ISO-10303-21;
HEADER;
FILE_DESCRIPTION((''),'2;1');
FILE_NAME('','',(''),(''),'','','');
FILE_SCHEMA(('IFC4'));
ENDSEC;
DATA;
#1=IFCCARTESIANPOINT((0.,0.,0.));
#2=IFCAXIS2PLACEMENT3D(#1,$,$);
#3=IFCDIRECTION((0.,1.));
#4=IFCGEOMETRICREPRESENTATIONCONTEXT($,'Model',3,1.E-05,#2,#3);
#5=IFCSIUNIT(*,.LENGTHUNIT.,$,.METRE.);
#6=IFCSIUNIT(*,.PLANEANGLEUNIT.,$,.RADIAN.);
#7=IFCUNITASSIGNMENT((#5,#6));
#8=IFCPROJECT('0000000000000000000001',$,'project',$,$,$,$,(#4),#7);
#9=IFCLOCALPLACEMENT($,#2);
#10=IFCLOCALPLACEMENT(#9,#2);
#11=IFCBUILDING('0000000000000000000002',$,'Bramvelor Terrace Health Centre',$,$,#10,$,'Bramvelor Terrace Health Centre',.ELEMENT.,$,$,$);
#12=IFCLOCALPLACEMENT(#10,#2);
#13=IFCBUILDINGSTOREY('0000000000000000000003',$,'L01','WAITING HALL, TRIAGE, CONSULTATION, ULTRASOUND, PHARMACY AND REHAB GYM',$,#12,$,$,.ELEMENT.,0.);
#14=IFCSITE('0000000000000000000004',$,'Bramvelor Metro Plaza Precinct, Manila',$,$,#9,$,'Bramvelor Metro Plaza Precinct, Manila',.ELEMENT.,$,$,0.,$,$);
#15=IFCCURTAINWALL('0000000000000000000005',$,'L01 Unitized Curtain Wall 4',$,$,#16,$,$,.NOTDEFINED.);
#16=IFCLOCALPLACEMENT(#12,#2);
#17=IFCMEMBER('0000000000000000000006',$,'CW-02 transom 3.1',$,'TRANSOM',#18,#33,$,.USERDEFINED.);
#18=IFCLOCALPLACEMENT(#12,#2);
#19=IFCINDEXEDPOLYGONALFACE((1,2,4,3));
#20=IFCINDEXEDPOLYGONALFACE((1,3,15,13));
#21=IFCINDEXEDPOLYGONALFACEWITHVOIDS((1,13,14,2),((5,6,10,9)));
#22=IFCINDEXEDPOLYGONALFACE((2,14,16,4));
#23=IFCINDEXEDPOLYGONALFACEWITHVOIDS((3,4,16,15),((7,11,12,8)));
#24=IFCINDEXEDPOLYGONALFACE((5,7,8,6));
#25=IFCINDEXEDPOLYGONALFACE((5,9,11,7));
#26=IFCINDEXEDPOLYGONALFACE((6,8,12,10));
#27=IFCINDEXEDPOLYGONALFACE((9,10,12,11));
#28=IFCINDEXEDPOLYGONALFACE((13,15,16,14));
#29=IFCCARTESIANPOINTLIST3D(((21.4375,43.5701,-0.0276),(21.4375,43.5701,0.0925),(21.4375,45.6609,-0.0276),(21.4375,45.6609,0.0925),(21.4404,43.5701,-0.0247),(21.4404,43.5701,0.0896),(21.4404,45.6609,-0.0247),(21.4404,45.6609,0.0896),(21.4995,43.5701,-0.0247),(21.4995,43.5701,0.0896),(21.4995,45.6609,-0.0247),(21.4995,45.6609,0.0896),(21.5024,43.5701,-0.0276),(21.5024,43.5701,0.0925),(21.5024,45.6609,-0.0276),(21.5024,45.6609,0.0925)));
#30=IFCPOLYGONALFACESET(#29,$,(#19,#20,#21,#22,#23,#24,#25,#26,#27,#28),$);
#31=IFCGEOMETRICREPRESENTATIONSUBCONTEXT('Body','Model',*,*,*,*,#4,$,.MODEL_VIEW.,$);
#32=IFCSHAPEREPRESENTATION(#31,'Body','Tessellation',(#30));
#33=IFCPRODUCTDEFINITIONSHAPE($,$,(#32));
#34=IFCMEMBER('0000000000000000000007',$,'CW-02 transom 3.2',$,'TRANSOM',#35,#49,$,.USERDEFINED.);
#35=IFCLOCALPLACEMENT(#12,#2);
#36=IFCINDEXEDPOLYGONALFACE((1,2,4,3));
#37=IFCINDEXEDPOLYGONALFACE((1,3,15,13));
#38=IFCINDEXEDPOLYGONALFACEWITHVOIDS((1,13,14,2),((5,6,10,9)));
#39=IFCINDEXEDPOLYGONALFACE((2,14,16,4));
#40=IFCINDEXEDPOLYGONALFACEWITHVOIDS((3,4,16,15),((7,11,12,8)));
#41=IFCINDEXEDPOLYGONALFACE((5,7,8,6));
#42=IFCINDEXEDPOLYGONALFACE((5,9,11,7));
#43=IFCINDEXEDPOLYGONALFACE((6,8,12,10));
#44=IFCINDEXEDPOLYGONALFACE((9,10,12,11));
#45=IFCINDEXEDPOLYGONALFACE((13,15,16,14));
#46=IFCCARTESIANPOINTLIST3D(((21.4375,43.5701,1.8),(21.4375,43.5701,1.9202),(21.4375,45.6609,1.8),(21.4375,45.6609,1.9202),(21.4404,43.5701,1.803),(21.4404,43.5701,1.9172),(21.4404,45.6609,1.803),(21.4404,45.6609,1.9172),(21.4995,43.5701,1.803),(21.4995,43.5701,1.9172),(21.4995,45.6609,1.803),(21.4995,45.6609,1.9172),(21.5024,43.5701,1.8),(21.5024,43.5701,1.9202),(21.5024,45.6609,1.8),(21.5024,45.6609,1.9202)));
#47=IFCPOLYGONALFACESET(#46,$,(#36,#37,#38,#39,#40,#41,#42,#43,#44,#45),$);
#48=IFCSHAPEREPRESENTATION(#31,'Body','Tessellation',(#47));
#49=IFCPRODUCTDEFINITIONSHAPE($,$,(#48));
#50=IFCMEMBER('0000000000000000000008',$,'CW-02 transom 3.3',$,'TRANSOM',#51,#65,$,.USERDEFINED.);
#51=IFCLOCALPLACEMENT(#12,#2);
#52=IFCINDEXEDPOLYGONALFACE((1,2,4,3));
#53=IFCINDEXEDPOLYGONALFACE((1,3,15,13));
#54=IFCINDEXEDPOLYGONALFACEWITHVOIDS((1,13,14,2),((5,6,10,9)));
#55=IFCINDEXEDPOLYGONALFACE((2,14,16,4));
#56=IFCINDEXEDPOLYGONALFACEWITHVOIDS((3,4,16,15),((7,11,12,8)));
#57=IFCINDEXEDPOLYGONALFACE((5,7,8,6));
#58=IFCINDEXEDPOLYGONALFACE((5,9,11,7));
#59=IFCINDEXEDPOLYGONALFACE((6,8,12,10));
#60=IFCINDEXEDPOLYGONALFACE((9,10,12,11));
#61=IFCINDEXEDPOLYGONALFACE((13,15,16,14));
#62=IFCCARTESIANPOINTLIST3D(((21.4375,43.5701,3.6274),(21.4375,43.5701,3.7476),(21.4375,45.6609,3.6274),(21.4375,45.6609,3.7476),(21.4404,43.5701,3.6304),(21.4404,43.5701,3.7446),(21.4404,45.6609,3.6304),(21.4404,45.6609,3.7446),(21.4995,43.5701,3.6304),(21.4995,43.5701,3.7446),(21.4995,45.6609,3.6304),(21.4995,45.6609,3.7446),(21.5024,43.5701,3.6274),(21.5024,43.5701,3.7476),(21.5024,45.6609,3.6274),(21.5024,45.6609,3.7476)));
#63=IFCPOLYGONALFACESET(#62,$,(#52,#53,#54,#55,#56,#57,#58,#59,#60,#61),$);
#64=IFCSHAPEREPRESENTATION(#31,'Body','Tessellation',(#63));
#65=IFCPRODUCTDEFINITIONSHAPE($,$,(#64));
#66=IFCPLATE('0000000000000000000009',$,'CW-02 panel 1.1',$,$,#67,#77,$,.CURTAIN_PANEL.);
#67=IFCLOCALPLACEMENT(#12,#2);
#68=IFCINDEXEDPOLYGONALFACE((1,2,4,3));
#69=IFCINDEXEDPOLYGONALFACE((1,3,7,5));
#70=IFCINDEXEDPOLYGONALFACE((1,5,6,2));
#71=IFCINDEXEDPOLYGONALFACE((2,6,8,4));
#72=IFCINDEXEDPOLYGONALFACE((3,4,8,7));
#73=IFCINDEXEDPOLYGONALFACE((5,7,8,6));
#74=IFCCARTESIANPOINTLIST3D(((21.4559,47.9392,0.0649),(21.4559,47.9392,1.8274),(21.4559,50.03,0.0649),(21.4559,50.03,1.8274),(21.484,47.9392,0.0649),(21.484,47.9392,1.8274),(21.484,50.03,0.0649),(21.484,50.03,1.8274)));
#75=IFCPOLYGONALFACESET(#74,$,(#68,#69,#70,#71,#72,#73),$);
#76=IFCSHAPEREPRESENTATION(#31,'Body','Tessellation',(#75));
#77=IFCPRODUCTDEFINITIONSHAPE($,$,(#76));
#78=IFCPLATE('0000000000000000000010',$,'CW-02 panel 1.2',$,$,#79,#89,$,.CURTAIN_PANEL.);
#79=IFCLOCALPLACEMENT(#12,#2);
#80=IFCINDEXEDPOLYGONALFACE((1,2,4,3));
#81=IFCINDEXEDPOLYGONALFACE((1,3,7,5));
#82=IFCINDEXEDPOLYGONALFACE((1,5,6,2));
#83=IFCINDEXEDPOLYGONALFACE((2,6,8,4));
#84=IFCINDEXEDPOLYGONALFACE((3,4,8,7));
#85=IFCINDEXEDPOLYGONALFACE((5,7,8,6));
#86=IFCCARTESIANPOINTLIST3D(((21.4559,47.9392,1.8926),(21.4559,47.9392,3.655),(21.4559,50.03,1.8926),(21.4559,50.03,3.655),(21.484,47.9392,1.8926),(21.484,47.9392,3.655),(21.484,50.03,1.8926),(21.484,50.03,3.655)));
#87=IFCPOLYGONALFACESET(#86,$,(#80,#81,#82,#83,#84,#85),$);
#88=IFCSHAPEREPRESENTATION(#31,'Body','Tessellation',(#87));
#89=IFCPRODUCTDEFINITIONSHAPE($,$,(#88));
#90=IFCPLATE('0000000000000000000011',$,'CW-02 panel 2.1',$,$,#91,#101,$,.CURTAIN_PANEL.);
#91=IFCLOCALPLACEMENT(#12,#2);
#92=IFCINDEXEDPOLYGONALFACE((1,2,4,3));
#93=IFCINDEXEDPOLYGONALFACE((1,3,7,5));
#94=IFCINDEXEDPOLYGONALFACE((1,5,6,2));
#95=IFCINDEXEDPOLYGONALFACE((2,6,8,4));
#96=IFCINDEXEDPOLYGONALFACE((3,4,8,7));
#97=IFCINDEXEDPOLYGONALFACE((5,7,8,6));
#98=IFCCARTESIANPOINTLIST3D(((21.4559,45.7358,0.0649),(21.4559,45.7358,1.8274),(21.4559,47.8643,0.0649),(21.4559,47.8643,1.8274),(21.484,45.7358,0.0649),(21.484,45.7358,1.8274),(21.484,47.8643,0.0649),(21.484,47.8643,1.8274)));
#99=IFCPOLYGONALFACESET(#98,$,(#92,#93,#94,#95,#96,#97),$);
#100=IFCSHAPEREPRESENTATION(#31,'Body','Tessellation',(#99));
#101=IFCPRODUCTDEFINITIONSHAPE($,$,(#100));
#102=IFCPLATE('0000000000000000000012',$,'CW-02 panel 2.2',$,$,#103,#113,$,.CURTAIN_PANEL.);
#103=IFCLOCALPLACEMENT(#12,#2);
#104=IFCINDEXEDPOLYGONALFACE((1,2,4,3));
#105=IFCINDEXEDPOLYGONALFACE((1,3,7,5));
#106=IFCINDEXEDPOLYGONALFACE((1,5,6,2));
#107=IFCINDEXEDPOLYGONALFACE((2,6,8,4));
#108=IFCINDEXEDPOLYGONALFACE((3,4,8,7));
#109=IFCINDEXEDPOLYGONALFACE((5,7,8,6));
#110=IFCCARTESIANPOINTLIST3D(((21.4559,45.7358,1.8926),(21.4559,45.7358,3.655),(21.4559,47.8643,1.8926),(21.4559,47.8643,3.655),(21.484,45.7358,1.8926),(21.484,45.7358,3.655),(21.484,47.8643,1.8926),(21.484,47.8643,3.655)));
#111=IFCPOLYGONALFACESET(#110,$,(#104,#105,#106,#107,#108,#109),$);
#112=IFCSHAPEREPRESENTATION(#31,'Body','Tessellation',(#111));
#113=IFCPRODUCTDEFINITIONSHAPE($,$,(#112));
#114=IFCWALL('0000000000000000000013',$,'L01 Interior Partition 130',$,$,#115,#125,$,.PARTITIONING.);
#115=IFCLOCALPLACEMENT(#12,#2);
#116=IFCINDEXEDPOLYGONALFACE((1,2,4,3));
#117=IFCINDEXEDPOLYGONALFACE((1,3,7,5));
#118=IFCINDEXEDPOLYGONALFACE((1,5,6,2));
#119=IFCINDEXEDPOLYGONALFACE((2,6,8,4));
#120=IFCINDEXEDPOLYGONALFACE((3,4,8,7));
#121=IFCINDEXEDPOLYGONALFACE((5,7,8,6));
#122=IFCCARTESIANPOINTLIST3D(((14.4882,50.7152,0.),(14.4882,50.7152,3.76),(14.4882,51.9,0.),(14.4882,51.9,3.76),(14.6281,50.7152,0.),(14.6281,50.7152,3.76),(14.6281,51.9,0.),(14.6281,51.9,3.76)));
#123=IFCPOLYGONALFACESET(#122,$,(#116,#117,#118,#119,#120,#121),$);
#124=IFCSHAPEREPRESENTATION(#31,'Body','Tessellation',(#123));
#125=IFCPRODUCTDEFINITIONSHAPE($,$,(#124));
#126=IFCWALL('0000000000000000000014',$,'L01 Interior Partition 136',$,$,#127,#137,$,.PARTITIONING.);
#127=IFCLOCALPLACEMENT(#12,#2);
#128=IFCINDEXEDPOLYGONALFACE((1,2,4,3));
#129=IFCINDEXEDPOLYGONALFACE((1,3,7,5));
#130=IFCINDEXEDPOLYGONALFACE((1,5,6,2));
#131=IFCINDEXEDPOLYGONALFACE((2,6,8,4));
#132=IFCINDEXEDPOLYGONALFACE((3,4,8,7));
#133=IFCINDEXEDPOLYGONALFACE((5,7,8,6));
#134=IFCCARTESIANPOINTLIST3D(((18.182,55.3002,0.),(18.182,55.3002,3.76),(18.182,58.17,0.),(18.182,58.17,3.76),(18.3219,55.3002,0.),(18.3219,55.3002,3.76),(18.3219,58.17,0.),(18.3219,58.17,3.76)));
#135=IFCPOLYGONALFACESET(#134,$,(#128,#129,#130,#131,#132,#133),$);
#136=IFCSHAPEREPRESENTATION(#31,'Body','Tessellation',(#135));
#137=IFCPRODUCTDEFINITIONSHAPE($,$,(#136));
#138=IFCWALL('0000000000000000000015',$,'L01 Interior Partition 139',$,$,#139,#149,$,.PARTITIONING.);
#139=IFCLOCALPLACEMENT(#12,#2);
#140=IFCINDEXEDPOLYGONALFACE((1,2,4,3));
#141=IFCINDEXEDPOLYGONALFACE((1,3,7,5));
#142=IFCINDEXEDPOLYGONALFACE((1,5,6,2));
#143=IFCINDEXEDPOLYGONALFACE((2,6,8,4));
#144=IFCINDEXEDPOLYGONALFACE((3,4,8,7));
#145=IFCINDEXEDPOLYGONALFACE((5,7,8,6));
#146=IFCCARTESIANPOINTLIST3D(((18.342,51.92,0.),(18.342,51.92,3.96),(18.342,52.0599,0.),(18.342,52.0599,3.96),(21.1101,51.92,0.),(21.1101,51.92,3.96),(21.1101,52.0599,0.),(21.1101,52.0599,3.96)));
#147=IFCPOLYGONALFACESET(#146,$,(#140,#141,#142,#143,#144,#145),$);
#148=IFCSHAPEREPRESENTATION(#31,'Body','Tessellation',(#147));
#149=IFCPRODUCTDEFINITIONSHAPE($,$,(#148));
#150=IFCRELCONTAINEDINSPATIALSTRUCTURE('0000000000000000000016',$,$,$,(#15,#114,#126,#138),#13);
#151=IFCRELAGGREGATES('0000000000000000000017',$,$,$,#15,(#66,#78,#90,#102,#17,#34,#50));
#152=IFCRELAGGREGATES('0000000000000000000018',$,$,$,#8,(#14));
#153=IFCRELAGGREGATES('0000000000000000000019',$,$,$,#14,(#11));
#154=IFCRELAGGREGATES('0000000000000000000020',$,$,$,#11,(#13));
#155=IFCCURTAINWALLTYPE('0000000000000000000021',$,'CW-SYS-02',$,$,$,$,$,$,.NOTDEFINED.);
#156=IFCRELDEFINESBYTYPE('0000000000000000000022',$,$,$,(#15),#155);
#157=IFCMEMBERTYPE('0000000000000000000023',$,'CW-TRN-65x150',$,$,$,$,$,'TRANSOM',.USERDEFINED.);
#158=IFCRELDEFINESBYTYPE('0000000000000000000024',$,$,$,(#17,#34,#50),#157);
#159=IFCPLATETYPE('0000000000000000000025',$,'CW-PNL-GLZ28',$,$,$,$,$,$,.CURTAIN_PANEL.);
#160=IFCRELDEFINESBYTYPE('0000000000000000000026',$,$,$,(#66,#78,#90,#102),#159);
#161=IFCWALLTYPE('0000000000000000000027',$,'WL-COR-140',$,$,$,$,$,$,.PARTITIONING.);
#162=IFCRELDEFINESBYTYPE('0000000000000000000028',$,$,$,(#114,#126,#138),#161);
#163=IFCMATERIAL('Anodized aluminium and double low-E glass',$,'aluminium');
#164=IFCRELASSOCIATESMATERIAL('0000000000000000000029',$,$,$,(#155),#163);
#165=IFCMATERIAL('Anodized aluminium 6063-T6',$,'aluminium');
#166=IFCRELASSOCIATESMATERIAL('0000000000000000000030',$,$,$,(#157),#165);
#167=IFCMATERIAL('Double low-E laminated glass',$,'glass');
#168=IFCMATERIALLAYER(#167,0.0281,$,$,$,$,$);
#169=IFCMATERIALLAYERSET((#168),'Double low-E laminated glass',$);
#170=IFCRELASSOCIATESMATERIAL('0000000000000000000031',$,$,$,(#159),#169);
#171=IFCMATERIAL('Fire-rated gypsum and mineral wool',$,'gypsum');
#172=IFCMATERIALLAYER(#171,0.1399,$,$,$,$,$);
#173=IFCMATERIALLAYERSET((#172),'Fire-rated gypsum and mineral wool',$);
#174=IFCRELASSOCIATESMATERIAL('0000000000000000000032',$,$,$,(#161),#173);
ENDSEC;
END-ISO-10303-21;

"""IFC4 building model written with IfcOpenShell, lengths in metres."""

from ifc_helpers import new_model, si_unit, direction, frame, frame_2d, origin, origin_2d, place, context, subcontext, project, spatial, rectangle, hollow_rectangle, extrude, material, layer, layer_set, material_profile, profile_set, type_object, element, aggregate, save


model = new_model("IFC4")

# Units and contexts
model_context = context("Model", 3, precision=1e-05, world=origin(), true_north=direction((0.0, 1.0)))
body_context = subcontext(model_context, "Body", "Model", "MODEL_VIEW")
ifc_project = project(units=[si_unit("LENGTHUNIT", "METRE"), si_unit("PLANEANGLEUNIT", "RADIAN")], contexts=[model_context])

# Site, building, storey
site_placement = place(None, origin())
site = spatial("IfcSite", under=ifc_project, at=site_placement, Name="Bramvelor Metro Plaza Precinct, Manila", LongName="Bramvelor Metro Plaza Precinct, Manila", CompositionType="ELEMENT", RefElevation=0.0)
building_placement = place(site_placement, origin())
building = spatial("IfcBuilding", under=site, at=building_placement, Name="Bramvelor Terrace Health Centre", LongName="Bramvelor Terrace Health Centre", CompositionType="ELEMENT")
storey_placement = place(building_placement, origin())
storey = spatial("IfcBuildingStorey", under=building, at=storey_placement, Name="L01", Description="WAITING HALL, TRIAGE, CONSULTATION, ULTRASOUND, PHARMACY AND REHAB GYM", CompositionType="ELEMENT", Elevation=0.0)

# Curtain wall, members, plates
ifc_material_1 = material(Name="Anodized aluminium and double low-E glass", Category="aluminium")
curtain_wall_type = type_object("IfcCurtainWallType", Name="CW-SYS-02", PredefinedType="NOTDEFINED", material=ifc_material_1)
curtain_wall_placement = place(storey_placement, origin())
curtain_wall = element("IfcCurtainWall", 1, at=curtain_wall_placement, inside=storey, type_object=curtain_wall_type, Name="L01 Unitized Curtain Wall 4", PredefinedType="NOTDEFINED")
ifc_material_2 = material(Name="Anodized aluminium 6063-T6", Category="aluminium")
ifc_material_profile_1 = material_profile(ifc_material_2, hollow_rectangle(XDim=0.0649, YDim=0.1201, WallThickness=0.0029, at=origin_2d()), Name="ALU-TRN 65x120x3.0")
ifc_profile_set_1 = profile_set([ifc_material_profile_1], Name="Anodized aluminium 6063-T6")
member_type_1 = type_object("IfcMemberType", Name="CW-TRN-65x150", ElementType="TRANSOM", PredefinedType="USERDEFINED", material=ifc_profile_set_1)
member_1_placement = place(storey_placement, frame((21.47, 45.6609, 0.0325), z_axis=(0.0, -1.0, 0.0), x_axis=(1.0, 0.0, 0.0)))
member_1 = element("IfcMember", 2, at=member_1_placement, type_object=member_type_1, Name="CW-02 transom 3.1", ObjectType="TRANSOM", PredefinedType="USERDEFINED", context=body_context, shape_type="SweptSolid", body=[
    extrude(hollow_rectangle(XDim=0.0649, YDim=0.1201, WallThickness=0.0029, at=origin_2d()), origin(), (0.0, 0.0, 1.0), 2.0908),
])
member_2_placement = place(storey_placement, frame((21.47, 45.6609, 1.8601), z_axis=(0.0, -1.0, 0.0), x_axis=(1.0, 0.0, 0.0)))
member_2 = element("IfcMember", 3, at=member_2_placement, type_object=member_type_1, Name="CW-02 transom 3.2", ObjectType="TRANSOM", PredefinedType="USERDEFINED", context=body_context, shape_type="SweptSolid", body=[
    extrude(hollow_rectangle(XDim=0.0649, YDim=0.1201, WallThickness=0.0029, at=origin_2d()), origin(), (0.0, 0.0, 1.0), 2.0908),
])
member_3_placement = place(storey_placement, frame((21.47, 45.6609, 3.6875), z_axis=(0.0, -1.0, 0.0), x_axis=(1.0, 0.0, 0.0)))
member_3 = element("IfcMember", 4, at=member_3_placement, type_object=member_type_1, Name="CW-02 transom 3.3", ObjectType="TRANSOM", PredefinedType="USERDEFINED", context=body_context, shape_type="SweptSolid", body=[
    extrude(hollow_rectangle(XDim=0.0649, YDim=0.1201, WallThickness=0.0029, at=origin_2d()), origin(), (0.0, 0.0, 1.0), 2.0908),
])
ifc_material_3 = material(Name="Double low-E laminated glass", Category="glass")
ifc_layer_1 = layer(ifc_material_3, 0.0281)
ifc_layer_set_1 = layer_set([ifc_layer_1], Name="Double low-E laminated glass")
plate_type = type_object("IfcPlateType", Name="CW-PNL-GLZ28", PredefinedType="CURTAIN_PANEL", material=ifc_layer_set_1)
plate_1_placement = place(storey_placement, frame((21.47, 48.9846, 0.0649), z_axis=(0.0, 0.0, 1.0), x_axis=(0.0, -1.0, 0.0)))
plate_1 = element("IfcPlate", 5, at=plate_1_placement, type_object=plate_type, Name="CW-02 panel 1.1", PredefinedType="CURTAIN_PANEL", context=body_context, shape_type="SweptSolid", body=[
    extrude(rectangle(XDim=2.0908, YDim=0.0281, at=origin_2d()), origin(), (0.0, 0.0, 1.0), 1.7625),
])
plate_2_placement = place(storey_placement, frame((21.47, 48.9846, 1.8926), z_axis=(0.0, 0.0, 1.0), x_axis=(0.0, -1.0, 0.0)))
plate_2 = element("IfcPlate", 6, at=plate_2_placement, type_object=plate_type, Name="CW-02 panel 1.2", PredefinedType="CURTAIN_PANEL", context=body_context, shape_type="SweptSolid", body=[
    extrude(rectangle(XDim=2.0908, YDim=0.0281, at=origin_2d()), origin(), (0.0, 0.0, 1.0), 1.7625),
])
plate_3_placement = place(storey_placement, frame((21.47, 46.8, 0.0649), z_axis=(0.0, 0.0, 1.0), x_axis=(0.0, -1.0, 0.0)))
plate_3 = element("IfcPlate", 7, at=plate_3_placement, type_object=plate_type, Name="CW-02 panel 2.1", PredefinedType="CURTAIN_PANEL", context=body_context, shape_type="SweptSolid", body=[
    extrude(rectangle(XDim=2.1284, YDim=0.0281, at=origin_2d()), origin(), (0.0, 0.0, 1.0), 1.7625),
])
plate_4_placement = place(storey_placement, frame((21.47, 46.8, 1.8926), z_axis=(0.0, 0.0, 1.0), x_axis=(0.0, -1.0, 0.0)))
plate_4 = element("IfcPlate", 8, at=plate_4_placement, type_object=plate_type, Name="CW-02 panel 2.2", PredefinedType="CURTAIN_PANEL", context=body_context, shape_type="SweptSolid", body=[
    extrude(rectangle(XDim=2.1284, YDim=0.0281, at=origin_2d()), origin(), (0.0, 0.0, 1.0), 1.7625),
])
aggregate(curtain_wall, [plate_1, plate_2, plate_3, plate_4, member_1, member_2, member_3])

# Walls
ifc_material_4 = material(Name="Fire-rated gypsum and mineral wool", Category="gypsum")
ifc_layer_2 = layer(ifc_material_4, 0.1399)
ifc_layer_set_2 = layer_set([ifc_layer_2], Name="Fire-rated gypsum and mineral wool")
wall_type = type_object("IfcWallType", Name="WL-COR-140", PredefinedType="PARTITIONING", material=ifc_layer_set_2)
wall_1_placement = place(storey_placement, frame((14.5581, 51.8999, 0.0), z_axis=(0.0, 0.0, 1.0), x_axis=(0.0, -1.0, 0.0)))
element("IfcWall", 9, at=wall_1_placement, inside=storey, type_object=wall_type, Name="L01 Interior Partition 130", PredefinedType="PARTITIONING", context=body_context, shape_type="SweptSolid", body=[
    extrude(rectangle(XDim=1.1848, YDim=0.1399, at=frame_2d((0.5923, 0.0))), origin(), (0.0, 0.0, 1.0), 3.76),
])
wall_2_placement = place(storey_placement, frame((18.252, 55.3, 0.0), z_axis=(0.0, 0.0, 1.0), x_axis=(0.0, 1.0, 0.0)))
element("IfcWall", 10, at=wall_2_placement, inside=storey, type_object=wall_type, Name="L01 Interior Partition 136", PredefinedType="PARTITIONING", context=body_context, shape_type="SweptSolid", body=[
    extrude(rectangle(XDim=2.8699, YDim=0.1399, at=frame_2d((1.4351, 0.0))), origin(), (0.0, 0.0, 1.0), 3.76),
])
wall_3_placement = place(storey_placement, frame((18.342, 51.99, 0.0), z_axis=(0.0, 0.0, 1.0), x_axis=(1.0, 0.0, 0.0)))
element("IfcWall", 11, at=wall_3_placement, inside=storey, type_object=wall_type, Name="L01 Interior Partition 139", PredefinedType="PARTITIONING", context=body_context, shape_type="SweptSolid", body=[
    extrude(rectangle(XDim=2.7681, YDim=0.1399, at=frame_2d((1.384, 0.0))), origin(), (0.0, 0.0, 1.0), 3.96),
])

save(model, "model.ifc")
